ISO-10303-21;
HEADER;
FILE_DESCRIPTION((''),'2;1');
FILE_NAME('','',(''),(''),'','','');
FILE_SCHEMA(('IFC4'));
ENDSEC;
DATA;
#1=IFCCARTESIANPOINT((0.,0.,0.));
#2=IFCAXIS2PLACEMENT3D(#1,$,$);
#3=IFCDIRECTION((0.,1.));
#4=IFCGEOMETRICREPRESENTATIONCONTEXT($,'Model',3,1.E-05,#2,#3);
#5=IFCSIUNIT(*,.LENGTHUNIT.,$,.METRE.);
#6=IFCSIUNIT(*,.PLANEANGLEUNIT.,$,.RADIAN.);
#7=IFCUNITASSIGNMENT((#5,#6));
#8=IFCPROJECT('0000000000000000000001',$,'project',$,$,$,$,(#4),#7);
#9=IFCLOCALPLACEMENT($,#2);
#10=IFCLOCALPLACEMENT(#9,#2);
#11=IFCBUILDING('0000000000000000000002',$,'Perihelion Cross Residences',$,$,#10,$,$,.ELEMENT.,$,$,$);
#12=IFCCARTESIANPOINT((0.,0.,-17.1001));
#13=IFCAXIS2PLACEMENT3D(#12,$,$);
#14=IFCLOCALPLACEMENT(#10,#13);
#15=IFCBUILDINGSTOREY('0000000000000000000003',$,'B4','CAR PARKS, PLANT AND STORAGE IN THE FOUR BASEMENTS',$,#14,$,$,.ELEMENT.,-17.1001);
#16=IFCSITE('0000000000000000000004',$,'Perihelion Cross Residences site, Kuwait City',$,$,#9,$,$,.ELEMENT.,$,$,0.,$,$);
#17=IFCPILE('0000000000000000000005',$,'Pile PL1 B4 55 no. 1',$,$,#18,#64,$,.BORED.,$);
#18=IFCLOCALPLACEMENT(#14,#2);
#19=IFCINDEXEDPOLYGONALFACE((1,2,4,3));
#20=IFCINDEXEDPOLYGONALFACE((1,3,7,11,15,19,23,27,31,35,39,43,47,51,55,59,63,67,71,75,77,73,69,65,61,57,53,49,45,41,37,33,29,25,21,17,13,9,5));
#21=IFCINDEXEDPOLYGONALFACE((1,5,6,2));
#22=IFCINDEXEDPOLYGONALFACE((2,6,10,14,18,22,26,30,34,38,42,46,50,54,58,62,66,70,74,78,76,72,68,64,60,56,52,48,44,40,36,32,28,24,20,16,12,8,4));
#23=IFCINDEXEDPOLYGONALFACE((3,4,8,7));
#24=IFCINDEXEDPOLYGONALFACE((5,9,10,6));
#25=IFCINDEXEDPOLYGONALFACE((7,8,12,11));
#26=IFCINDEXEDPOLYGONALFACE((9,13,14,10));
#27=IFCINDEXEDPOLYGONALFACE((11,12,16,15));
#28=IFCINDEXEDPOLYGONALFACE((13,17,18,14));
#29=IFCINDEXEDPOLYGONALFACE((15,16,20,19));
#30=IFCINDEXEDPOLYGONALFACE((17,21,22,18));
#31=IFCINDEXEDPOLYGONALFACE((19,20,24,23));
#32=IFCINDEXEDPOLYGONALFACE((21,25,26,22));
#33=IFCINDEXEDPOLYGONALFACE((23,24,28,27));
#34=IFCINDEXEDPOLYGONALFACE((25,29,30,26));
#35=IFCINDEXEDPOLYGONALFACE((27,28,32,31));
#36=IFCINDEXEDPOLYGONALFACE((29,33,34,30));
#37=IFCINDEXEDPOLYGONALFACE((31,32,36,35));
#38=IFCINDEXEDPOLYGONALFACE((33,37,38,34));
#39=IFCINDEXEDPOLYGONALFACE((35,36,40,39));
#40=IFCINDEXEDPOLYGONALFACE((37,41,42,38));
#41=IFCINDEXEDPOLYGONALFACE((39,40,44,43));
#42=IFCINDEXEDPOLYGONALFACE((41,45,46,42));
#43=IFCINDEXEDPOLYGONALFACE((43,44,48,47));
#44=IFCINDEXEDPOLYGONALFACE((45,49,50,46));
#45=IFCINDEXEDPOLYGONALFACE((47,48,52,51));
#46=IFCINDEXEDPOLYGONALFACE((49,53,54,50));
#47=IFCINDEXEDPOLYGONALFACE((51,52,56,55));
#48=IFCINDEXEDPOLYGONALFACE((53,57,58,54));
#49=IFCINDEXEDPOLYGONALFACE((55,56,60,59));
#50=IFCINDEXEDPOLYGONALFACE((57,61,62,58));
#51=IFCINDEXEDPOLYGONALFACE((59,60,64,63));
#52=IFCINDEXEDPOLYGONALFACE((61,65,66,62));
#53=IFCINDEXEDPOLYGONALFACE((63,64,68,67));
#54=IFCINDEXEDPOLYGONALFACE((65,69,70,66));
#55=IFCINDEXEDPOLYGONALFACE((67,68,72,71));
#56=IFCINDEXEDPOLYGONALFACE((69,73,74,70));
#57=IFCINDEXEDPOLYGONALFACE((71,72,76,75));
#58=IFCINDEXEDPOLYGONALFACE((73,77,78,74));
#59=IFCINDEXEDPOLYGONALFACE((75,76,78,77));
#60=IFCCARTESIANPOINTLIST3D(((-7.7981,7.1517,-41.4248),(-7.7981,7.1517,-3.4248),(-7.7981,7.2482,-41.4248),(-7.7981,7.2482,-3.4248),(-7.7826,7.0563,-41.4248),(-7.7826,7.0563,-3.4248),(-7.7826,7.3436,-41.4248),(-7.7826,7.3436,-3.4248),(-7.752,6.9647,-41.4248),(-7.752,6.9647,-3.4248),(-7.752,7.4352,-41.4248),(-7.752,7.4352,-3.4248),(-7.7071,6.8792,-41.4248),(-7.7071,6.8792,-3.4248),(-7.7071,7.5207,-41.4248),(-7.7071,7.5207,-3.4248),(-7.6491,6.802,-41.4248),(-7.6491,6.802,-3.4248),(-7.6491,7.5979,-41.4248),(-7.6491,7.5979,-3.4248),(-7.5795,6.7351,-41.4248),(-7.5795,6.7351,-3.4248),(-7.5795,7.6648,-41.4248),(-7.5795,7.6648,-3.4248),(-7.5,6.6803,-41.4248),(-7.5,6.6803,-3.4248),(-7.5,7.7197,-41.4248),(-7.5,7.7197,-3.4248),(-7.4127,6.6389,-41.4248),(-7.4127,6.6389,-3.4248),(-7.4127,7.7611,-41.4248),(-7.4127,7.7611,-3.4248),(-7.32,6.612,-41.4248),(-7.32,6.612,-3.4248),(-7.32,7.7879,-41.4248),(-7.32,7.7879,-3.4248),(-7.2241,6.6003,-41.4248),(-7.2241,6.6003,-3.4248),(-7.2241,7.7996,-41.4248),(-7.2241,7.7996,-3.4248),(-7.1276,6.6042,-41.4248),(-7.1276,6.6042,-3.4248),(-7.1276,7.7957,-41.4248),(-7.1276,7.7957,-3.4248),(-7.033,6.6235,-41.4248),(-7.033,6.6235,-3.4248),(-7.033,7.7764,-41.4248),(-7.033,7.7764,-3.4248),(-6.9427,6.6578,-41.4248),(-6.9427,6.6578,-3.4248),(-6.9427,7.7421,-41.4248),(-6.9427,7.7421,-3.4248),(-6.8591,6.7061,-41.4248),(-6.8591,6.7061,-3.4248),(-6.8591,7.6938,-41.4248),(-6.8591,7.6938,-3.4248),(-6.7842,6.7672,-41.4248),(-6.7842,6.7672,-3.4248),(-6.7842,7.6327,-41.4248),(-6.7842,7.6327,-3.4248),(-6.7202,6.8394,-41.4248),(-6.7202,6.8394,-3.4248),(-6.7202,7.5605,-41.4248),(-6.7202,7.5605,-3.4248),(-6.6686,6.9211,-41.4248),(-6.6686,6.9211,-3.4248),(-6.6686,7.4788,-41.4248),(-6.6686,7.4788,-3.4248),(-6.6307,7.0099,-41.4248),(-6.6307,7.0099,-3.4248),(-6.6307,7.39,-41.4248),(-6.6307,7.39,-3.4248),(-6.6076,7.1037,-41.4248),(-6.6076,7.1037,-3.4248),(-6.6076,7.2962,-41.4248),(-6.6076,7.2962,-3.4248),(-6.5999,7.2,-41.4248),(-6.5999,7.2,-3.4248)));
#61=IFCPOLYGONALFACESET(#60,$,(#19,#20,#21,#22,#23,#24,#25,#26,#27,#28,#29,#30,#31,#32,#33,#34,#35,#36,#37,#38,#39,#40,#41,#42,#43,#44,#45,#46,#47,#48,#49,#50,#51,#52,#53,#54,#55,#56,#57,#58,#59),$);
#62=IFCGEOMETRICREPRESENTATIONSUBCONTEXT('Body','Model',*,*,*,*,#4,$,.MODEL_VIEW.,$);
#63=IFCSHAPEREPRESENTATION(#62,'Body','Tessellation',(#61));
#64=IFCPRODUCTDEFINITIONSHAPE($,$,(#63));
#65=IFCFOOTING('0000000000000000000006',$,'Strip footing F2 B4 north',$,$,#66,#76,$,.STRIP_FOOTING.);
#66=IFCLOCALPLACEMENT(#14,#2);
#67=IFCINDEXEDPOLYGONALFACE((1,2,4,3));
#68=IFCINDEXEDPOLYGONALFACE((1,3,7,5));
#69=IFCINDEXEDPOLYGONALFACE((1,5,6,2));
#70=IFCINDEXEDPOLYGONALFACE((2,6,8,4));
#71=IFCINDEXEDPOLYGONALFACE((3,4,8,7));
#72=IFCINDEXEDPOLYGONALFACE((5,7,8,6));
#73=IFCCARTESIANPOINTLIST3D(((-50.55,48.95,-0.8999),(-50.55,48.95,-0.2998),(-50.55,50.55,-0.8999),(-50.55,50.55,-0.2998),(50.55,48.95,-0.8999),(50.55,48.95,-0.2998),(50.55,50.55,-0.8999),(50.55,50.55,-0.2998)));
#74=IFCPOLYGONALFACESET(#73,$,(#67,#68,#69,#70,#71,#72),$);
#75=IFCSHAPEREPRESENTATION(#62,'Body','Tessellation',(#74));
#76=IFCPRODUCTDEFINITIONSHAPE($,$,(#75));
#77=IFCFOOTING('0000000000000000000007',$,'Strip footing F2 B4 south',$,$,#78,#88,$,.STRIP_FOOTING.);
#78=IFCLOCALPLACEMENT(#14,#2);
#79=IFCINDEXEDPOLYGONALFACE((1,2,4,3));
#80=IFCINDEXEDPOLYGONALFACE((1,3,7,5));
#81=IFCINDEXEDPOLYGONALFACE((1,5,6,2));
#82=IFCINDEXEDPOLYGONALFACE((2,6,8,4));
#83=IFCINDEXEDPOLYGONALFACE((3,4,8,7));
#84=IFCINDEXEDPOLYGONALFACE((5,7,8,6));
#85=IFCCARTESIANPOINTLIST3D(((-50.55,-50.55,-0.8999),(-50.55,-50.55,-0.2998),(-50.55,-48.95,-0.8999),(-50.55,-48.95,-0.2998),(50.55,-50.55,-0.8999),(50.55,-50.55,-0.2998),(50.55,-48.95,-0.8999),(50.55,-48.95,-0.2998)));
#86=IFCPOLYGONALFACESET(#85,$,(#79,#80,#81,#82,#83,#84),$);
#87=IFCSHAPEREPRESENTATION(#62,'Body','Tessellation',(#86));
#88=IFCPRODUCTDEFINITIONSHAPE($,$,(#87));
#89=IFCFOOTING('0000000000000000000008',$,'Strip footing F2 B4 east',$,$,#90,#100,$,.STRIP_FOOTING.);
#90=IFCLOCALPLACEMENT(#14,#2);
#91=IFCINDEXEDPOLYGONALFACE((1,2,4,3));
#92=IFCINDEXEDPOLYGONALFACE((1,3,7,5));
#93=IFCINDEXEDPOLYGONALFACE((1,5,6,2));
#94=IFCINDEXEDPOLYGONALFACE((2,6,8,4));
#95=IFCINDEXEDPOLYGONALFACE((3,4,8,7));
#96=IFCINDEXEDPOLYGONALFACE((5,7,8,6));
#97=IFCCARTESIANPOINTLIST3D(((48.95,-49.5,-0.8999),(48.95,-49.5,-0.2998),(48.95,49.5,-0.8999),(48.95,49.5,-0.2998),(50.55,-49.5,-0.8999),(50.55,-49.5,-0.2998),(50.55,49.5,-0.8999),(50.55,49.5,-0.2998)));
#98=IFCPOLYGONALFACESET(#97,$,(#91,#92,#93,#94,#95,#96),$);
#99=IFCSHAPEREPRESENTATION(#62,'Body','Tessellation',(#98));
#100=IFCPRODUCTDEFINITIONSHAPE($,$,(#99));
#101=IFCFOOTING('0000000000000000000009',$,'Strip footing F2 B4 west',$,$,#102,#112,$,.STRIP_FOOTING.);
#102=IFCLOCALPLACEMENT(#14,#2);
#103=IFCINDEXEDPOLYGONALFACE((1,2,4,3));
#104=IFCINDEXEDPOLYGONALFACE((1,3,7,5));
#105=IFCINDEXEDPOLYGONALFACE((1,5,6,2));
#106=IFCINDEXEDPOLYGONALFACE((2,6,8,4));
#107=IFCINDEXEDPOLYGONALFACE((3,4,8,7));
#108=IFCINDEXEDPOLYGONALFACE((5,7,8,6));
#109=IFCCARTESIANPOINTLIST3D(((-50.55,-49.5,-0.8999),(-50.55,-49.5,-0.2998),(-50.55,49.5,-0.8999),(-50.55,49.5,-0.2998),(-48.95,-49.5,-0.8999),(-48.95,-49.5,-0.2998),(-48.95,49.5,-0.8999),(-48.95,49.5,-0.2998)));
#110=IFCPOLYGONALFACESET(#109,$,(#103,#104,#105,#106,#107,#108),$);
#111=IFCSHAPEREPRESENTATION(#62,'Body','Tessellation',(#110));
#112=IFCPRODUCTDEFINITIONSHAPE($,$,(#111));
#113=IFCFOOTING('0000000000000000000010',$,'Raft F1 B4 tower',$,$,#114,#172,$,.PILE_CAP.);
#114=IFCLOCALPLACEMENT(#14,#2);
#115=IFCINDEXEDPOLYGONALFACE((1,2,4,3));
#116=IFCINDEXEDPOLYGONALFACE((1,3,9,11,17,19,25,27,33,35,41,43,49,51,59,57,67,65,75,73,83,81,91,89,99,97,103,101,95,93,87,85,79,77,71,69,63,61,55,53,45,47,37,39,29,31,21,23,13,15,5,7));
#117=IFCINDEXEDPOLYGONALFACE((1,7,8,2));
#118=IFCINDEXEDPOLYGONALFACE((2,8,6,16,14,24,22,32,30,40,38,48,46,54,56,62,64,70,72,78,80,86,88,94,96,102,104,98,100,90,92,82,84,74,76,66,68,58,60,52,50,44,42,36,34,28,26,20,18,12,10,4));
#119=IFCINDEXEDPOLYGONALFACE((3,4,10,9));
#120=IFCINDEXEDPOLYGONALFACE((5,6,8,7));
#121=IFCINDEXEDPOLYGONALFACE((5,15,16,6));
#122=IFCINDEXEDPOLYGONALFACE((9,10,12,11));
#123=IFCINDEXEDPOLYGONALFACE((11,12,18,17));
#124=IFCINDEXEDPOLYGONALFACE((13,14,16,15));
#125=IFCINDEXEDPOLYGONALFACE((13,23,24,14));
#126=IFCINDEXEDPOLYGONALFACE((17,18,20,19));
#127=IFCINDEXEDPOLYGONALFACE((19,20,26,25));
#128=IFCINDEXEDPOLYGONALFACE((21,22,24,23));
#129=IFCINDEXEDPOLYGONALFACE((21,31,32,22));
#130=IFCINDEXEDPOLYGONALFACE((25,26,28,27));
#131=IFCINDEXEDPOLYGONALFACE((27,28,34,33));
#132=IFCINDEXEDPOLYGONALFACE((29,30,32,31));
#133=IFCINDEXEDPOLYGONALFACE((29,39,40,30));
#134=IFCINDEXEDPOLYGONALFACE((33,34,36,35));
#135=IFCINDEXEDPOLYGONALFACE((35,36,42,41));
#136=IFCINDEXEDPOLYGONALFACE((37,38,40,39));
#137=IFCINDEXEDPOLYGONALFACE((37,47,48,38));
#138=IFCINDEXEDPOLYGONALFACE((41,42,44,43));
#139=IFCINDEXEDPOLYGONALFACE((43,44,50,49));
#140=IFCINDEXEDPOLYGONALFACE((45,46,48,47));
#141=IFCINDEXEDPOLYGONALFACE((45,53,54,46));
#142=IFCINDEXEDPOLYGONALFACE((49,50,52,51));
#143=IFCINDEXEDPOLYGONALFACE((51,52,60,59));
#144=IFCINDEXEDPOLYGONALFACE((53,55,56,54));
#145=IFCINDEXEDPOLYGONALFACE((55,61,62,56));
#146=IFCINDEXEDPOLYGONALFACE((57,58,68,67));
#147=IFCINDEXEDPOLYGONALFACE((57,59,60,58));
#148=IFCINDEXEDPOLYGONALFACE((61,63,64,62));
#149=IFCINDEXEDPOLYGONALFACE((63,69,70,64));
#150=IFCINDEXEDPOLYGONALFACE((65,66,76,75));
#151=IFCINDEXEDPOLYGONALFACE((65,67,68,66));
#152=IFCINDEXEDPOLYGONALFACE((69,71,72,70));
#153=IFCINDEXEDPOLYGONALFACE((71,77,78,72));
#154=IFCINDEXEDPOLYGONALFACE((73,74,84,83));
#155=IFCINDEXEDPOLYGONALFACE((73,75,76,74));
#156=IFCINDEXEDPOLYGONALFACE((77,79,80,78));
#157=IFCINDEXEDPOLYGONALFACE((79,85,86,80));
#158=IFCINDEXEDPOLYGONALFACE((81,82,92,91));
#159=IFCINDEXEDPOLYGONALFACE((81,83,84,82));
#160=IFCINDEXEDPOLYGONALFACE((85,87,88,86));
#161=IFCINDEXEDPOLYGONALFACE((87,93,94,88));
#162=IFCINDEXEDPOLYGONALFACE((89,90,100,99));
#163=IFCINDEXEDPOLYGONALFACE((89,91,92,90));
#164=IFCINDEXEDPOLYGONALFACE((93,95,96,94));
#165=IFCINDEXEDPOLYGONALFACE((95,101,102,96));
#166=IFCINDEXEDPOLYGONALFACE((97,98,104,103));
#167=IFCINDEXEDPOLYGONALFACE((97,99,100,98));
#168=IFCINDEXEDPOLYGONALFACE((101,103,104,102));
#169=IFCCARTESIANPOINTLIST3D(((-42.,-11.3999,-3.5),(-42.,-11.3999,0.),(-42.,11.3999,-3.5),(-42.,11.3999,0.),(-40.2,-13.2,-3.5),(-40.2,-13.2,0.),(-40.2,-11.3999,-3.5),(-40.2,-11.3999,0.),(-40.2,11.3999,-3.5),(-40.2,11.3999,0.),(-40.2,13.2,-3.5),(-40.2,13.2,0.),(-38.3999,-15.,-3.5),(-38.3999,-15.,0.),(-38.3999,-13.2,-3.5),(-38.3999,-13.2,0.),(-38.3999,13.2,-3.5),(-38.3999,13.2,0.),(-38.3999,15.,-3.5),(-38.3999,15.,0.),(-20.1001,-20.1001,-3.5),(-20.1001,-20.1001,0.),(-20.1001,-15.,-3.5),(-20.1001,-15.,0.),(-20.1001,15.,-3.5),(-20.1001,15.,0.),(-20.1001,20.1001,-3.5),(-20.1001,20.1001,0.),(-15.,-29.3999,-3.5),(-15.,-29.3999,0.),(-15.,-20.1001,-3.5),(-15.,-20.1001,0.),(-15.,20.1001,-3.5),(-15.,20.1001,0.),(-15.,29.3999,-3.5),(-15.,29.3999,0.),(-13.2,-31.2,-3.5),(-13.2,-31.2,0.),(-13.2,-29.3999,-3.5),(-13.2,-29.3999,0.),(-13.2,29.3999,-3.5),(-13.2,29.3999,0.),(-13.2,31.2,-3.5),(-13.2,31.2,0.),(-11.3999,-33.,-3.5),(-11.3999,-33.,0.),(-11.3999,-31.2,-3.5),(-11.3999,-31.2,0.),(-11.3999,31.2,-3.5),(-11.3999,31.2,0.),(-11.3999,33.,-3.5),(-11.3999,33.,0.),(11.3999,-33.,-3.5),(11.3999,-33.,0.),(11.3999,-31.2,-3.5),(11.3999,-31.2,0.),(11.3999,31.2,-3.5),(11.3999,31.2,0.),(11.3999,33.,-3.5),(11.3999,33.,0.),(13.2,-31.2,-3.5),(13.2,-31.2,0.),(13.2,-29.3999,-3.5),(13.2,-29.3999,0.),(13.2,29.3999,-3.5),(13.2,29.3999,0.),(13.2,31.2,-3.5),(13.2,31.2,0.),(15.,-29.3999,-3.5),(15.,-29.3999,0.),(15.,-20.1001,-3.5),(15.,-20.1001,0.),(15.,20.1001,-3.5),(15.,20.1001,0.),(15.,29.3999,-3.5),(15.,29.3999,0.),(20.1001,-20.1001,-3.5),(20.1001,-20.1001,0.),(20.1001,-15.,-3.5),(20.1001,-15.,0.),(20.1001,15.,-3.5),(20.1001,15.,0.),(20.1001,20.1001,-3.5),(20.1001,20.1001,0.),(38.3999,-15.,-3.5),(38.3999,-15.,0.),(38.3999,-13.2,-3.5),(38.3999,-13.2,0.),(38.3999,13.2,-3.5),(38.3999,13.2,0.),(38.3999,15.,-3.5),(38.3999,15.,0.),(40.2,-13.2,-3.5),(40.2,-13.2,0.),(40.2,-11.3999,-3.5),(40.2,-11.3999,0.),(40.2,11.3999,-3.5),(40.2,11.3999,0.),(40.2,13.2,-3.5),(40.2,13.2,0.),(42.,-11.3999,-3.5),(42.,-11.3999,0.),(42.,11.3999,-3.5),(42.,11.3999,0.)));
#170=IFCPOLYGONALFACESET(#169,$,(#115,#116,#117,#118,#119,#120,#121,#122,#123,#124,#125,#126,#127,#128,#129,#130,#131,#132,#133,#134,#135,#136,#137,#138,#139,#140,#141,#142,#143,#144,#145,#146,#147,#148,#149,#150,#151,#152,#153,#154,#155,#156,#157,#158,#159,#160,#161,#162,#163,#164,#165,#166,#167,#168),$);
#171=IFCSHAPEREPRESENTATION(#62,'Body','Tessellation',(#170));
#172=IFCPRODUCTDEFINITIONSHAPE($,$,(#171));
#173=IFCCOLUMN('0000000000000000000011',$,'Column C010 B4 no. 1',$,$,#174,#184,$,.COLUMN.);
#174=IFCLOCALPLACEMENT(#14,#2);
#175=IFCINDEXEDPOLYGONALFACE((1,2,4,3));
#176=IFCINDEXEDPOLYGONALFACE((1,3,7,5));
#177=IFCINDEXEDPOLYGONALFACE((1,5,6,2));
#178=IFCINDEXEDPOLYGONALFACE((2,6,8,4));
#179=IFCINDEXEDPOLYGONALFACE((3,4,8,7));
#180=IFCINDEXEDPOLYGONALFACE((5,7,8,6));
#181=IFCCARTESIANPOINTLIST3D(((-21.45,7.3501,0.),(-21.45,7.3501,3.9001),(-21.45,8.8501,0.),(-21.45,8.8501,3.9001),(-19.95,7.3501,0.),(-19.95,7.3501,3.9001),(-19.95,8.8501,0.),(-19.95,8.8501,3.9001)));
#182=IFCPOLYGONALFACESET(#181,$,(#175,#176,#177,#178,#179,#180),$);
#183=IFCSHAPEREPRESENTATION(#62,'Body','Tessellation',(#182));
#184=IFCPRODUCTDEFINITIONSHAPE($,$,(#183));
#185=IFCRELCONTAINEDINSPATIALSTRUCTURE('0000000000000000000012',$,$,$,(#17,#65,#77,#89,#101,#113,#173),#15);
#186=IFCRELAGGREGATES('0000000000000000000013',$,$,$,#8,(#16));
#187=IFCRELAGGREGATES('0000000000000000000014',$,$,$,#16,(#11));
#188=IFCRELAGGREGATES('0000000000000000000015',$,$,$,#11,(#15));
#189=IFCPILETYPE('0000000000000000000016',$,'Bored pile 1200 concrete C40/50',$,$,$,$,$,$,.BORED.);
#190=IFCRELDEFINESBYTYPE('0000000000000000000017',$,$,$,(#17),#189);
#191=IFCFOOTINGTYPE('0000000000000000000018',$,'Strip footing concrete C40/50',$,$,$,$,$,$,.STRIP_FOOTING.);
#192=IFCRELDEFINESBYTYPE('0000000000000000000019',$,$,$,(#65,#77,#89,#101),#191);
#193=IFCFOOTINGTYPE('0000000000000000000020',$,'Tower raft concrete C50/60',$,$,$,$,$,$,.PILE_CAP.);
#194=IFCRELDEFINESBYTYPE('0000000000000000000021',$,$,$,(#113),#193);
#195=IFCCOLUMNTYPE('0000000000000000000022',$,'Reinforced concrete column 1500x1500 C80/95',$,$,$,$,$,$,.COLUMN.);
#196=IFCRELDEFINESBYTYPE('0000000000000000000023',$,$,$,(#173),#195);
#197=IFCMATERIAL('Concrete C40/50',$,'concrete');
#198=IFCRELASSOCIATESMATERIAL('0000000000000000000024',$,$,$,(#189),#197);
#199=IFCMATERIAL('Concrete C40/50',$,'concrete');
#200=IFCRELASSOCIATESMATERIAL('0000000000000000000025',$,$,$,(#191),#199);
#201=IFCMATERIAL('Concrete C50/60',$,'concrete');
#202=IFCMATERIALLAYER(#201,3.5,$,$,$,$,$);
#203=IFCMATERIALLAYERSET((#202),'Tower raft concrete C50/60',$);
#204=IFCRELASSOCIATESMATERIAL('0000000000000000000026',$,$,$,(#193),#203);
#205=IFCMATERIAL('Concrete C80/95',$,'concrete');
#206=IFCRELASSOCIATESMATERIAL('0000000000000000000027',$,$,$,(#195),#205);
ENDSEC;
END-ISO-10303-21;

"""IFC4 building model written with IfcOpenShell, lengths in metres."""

from ifc_helpers import new_model, si_unit, direction, frame, origin, origin_2d, place, context, subcontext, project, spatial, polyline, rectangle, circle, outline, extrude, material, layer, layer_set, material_profile, profile_set, type_object, element, save


model = new_model("IFC4")

# Units and contexts
model_context = context("Model", 3, precision=1e-05, world=origin(), true_north=direction((0.0, 1.0)))
body_context = subcontext(model_context, "Body", "Model", "MODEL_VIEW")
ifc_project = project(units=[si_unit("LENGTHUNIT", "METRE"), si_unit("PLANEANGLEUNIT", "RADIAN")], contexts=[model_context])

# Site, building, storey
site_placement = place(None, origin())
site = spatial("IfcSite", under=ifc_project, at=site_placement, Name="Perihelion Cross Residences site, Kuwait City", CompositionType="ELEMENT", RefElevation=0.0)
building_placement = place(site_placement, origin())
building = spatial("IfcBuilding", under=site, at=building_placement, Name="Perihelion Cross Residences", CompositionType="ELEMENT")
storey_placement = place(building_placement, frame((0.0, 0.0, -17.1001)))
storey = spatial("IfcBuildingStorey", under=building, at=storey_placement, Name="B4", Description="CAR PARKS, PLANT AND STORAGE IN THE FOUR BASEMENTS", CompositionType="ELEMENT", Elevation=-17.1001)

# Pile
ifc_material_1 = material(Name="Concrete C40/50", Category="concrete")
pile_type = type_object("IfcPileType", Name="Bored pile 1200 concrete C40/50", PredefinedType="BORED", material=ifc_material_1)
for number, where, z_axis, x_axis, name in (
    (1, (-7.2, 7.2, -3.4248), (0.0, 0.0, -1.0), (1.0, 0.0, 0.0), "Pile PL1 B4 55 no. 1"),
):
    element("IfcPile", number, at=place(storey_placement, frame(where, z_axis=z_axis, x_axis=x_axis)), inside=storey, type_object=pile_type, Name=name, PredefinedType="BORED", context=body_context, shape_type="SweptSolid", body=[
        extrude(circle(Radius=0.6001, at=origin_2d()), origin(), (0.0, 0.0, 1.0), 38.0),
    ])

# Footings
ifc_material_2 = material(Name="Concrete C40/50", Category="concrete")
footing_type_1 = type_object("IfcFootingType", Name="Strip footing concrete C40/50", PredefinedType="STRIP_FOOTING", material=ifc_material_2)
footing_1_placement = place(storey_placement, frame((0.0, 0.0, -0.8999)))
element("IfcFooting", 2, at=footing_1_placement, inside=storey, type_object=footing_type_1, Name="Strip footing F2 B4 north", PredefinedType="STRIP_FOOTING", context=body_context, shape_type="SweptSolid", body=[
    extrude(outline(polyline([(-50.55, 48.95), (50.55, 48.95), (50.55, 50.55), (-50.55, 50.55), (-50.55, 48.95)])), origin(), (0.0, 0.0, 1.0), 0.6001),
])
footing_2_placement = place(storey_placement, frame((0.0, 0.0, -0.8999)))
element("IfcFooting", 3, at=footing_2_placement, inside=storey, type_object=footing_type_1, Name="Strip footing F2 B4 south", PredefinedType="STRIP_FOOTING", context=body_context, shape_type="SweptSolid", body=[
    extrude(outline(polyline([(-50.55, -50.55), (50.55, -50.55), (50.55, -48.95), (-50.55, -48.95), (-50.55, -50.55)])), origin(), (0.0, 0.0, 1.0), 0.6001),
])
footing_3_placement = place(storey_placement, frame((0.0, 0.0, -0.8999)))
element("IfcFooting", 4, at=footing_3_placement, inside=storey, type_object=footing_type_1, Name="Strip footing F2 B4 east", PredefinedType="STRIP_FOOTING", context=body_context, shape_type="SweptSolid", body=[
    extrude(outline(polyline([(48.95, -49.5), (50.55, -49.5), (50.55, 49.5), (48.95, 49.5), (48.95, -49.5)])), origin(), (0.0, 0.0, 1.0), 0.6001),
])
footing_4_placement = place(storey_placement, frame((0.0, 0.0, -0.8999)))
element("IfcFooting", 5, at=footing_4_placement, inside=storey, type_object=footing_type_1, Name="Strip footing F2 B4 west", PredefinedType="STRIP_FOOTING", context=body_context, shape_type="SweptSolid", body=[
    extrude(outline(polyline([(-50.55, -49.5), (-48.95, -49.5), (-48.95, 49.5), (-50.55, 49.5), (-50.55, -49.5)])), origin(), (0.0, 0.0, 1.0), 0.6001),
])
ifc_material_3 = material(Name="Concrete C50/60", Category="concrete")
ifc_layer_1 = layer(ifc_material_3, 3.5)
ifc_layer_set_1 = layer_set([ifc_layer_1], Name="Tower raft concrete C50/60")
footing_type_2 = type_object("IfcFootingType", Name="Tower raft concrete C50/60", PredefinedType="PILE_CAP", material=ifc_layer_set_1)
footing_5_placement = place(storey_placement, frame((0.0, 0.0, -3.5)))
element("IfcFooting", 6, at=footing_5_placement, inside=storey, type_object=footing_type_2, Name="Raft F1 B4 tower", PredefinedType="PILE_CAP", context=body_context, shape_type="SweptSolid", body=[
    extrude(outline(polyline([(-20.1001, -15.0), (-38.3999, -15.0), (-38.3999, -13.2), (-40.2, -13.2), (-40.2, -11.3999), (-42.0, -11.3999), (-42.0, 11.3999), (-40.2, 11.3999), (-40.2, 13.2), (-38.3999, 13.2), (-38.3999, 15.0), (-20.1001, 15.0), (-20.1001, 20.1001), (-15.0, 20.1001), (-15.0, 29.3999), (-13.2, 29.3999), (-13.2, 31.2), (-11.3999, 31.2), (-11.3999, 33.0), (11.3999, 33.0), (11.3999, 31.2), (13.2, 31.2), (13.2, 29.3999), (15.0, 29.3999), (15.0, 20.1001), (20.1001, 20.1001), (20.1001, 15.0), (38.3999, 15.0), (38.3999, 13.2), (40.2, 13.2), (40.2, 11.3999), (42.0, 11.3999), (42.0, -11.3999), (40.2, -11.3999), (40.2, -13.2), (38.3999, -13.2), (38.3999, -15.0), (20.1001, -15.0), (20.1001, -20.1001), (15.0, -20.1001), (15.0, -29.3999), (13.2, -29.3999), (13.2, -31.2), (11.3999, -31.2), (11.3999, -33.0), (-11.3999, -33.0), (-11.3999, -31.2), (-13.2, -31.2), (-13.2, -29.3999), (-15.0, -29.3999), (-15.0, -20.1001), (-20.1001, -20.1001), (-20.1001, -15.0)])), origin(), (0.0, 0.0, 1.0), 3.5),
])

# Column
ifc_material_4 = material(Name="Concrete C80/95", Category="concrete")
ifc_material_profile_1 = material_profile(ifc_material_4, rectangle(XDim=1.5, YDim=1.5, at=origin_2d()), Name="RC 1500x1500")
ifc_profile_set_1 = profile_set([ifc_material_profile_1], Name="Concrete C80/95")
column_type = type_object("IfcColumnType", Name="Reinforced concrete column 1500x1500 C80/95", PredefinedType="COLUMN", material=ifc_profile_set_1)
for number, where, z_axis, x_axis, name in (
    (7, (-20.7, 8.1001, 0.0), (0.0, 0.0, 1.0), (1.0, 0.0, 0.0), "Column C010 B4 no. 1"),
):
    element("IfcColumn", number, at=place(storey_placement, frame(where, z_axis=z_axis, x_axis=x_axis)), inside=storey, type_object=column_type, Name=name, PredefinedType="COLUMN", context=body_context, shape_type="SweptSolid", body=[
        extrude(rectangle(XDim=1.5, YDim=1.5, at=origin_2d()), origin(), (0.0, 0.0, 1.0), 3.9001),
    ])

save(model, "model.ifc")
